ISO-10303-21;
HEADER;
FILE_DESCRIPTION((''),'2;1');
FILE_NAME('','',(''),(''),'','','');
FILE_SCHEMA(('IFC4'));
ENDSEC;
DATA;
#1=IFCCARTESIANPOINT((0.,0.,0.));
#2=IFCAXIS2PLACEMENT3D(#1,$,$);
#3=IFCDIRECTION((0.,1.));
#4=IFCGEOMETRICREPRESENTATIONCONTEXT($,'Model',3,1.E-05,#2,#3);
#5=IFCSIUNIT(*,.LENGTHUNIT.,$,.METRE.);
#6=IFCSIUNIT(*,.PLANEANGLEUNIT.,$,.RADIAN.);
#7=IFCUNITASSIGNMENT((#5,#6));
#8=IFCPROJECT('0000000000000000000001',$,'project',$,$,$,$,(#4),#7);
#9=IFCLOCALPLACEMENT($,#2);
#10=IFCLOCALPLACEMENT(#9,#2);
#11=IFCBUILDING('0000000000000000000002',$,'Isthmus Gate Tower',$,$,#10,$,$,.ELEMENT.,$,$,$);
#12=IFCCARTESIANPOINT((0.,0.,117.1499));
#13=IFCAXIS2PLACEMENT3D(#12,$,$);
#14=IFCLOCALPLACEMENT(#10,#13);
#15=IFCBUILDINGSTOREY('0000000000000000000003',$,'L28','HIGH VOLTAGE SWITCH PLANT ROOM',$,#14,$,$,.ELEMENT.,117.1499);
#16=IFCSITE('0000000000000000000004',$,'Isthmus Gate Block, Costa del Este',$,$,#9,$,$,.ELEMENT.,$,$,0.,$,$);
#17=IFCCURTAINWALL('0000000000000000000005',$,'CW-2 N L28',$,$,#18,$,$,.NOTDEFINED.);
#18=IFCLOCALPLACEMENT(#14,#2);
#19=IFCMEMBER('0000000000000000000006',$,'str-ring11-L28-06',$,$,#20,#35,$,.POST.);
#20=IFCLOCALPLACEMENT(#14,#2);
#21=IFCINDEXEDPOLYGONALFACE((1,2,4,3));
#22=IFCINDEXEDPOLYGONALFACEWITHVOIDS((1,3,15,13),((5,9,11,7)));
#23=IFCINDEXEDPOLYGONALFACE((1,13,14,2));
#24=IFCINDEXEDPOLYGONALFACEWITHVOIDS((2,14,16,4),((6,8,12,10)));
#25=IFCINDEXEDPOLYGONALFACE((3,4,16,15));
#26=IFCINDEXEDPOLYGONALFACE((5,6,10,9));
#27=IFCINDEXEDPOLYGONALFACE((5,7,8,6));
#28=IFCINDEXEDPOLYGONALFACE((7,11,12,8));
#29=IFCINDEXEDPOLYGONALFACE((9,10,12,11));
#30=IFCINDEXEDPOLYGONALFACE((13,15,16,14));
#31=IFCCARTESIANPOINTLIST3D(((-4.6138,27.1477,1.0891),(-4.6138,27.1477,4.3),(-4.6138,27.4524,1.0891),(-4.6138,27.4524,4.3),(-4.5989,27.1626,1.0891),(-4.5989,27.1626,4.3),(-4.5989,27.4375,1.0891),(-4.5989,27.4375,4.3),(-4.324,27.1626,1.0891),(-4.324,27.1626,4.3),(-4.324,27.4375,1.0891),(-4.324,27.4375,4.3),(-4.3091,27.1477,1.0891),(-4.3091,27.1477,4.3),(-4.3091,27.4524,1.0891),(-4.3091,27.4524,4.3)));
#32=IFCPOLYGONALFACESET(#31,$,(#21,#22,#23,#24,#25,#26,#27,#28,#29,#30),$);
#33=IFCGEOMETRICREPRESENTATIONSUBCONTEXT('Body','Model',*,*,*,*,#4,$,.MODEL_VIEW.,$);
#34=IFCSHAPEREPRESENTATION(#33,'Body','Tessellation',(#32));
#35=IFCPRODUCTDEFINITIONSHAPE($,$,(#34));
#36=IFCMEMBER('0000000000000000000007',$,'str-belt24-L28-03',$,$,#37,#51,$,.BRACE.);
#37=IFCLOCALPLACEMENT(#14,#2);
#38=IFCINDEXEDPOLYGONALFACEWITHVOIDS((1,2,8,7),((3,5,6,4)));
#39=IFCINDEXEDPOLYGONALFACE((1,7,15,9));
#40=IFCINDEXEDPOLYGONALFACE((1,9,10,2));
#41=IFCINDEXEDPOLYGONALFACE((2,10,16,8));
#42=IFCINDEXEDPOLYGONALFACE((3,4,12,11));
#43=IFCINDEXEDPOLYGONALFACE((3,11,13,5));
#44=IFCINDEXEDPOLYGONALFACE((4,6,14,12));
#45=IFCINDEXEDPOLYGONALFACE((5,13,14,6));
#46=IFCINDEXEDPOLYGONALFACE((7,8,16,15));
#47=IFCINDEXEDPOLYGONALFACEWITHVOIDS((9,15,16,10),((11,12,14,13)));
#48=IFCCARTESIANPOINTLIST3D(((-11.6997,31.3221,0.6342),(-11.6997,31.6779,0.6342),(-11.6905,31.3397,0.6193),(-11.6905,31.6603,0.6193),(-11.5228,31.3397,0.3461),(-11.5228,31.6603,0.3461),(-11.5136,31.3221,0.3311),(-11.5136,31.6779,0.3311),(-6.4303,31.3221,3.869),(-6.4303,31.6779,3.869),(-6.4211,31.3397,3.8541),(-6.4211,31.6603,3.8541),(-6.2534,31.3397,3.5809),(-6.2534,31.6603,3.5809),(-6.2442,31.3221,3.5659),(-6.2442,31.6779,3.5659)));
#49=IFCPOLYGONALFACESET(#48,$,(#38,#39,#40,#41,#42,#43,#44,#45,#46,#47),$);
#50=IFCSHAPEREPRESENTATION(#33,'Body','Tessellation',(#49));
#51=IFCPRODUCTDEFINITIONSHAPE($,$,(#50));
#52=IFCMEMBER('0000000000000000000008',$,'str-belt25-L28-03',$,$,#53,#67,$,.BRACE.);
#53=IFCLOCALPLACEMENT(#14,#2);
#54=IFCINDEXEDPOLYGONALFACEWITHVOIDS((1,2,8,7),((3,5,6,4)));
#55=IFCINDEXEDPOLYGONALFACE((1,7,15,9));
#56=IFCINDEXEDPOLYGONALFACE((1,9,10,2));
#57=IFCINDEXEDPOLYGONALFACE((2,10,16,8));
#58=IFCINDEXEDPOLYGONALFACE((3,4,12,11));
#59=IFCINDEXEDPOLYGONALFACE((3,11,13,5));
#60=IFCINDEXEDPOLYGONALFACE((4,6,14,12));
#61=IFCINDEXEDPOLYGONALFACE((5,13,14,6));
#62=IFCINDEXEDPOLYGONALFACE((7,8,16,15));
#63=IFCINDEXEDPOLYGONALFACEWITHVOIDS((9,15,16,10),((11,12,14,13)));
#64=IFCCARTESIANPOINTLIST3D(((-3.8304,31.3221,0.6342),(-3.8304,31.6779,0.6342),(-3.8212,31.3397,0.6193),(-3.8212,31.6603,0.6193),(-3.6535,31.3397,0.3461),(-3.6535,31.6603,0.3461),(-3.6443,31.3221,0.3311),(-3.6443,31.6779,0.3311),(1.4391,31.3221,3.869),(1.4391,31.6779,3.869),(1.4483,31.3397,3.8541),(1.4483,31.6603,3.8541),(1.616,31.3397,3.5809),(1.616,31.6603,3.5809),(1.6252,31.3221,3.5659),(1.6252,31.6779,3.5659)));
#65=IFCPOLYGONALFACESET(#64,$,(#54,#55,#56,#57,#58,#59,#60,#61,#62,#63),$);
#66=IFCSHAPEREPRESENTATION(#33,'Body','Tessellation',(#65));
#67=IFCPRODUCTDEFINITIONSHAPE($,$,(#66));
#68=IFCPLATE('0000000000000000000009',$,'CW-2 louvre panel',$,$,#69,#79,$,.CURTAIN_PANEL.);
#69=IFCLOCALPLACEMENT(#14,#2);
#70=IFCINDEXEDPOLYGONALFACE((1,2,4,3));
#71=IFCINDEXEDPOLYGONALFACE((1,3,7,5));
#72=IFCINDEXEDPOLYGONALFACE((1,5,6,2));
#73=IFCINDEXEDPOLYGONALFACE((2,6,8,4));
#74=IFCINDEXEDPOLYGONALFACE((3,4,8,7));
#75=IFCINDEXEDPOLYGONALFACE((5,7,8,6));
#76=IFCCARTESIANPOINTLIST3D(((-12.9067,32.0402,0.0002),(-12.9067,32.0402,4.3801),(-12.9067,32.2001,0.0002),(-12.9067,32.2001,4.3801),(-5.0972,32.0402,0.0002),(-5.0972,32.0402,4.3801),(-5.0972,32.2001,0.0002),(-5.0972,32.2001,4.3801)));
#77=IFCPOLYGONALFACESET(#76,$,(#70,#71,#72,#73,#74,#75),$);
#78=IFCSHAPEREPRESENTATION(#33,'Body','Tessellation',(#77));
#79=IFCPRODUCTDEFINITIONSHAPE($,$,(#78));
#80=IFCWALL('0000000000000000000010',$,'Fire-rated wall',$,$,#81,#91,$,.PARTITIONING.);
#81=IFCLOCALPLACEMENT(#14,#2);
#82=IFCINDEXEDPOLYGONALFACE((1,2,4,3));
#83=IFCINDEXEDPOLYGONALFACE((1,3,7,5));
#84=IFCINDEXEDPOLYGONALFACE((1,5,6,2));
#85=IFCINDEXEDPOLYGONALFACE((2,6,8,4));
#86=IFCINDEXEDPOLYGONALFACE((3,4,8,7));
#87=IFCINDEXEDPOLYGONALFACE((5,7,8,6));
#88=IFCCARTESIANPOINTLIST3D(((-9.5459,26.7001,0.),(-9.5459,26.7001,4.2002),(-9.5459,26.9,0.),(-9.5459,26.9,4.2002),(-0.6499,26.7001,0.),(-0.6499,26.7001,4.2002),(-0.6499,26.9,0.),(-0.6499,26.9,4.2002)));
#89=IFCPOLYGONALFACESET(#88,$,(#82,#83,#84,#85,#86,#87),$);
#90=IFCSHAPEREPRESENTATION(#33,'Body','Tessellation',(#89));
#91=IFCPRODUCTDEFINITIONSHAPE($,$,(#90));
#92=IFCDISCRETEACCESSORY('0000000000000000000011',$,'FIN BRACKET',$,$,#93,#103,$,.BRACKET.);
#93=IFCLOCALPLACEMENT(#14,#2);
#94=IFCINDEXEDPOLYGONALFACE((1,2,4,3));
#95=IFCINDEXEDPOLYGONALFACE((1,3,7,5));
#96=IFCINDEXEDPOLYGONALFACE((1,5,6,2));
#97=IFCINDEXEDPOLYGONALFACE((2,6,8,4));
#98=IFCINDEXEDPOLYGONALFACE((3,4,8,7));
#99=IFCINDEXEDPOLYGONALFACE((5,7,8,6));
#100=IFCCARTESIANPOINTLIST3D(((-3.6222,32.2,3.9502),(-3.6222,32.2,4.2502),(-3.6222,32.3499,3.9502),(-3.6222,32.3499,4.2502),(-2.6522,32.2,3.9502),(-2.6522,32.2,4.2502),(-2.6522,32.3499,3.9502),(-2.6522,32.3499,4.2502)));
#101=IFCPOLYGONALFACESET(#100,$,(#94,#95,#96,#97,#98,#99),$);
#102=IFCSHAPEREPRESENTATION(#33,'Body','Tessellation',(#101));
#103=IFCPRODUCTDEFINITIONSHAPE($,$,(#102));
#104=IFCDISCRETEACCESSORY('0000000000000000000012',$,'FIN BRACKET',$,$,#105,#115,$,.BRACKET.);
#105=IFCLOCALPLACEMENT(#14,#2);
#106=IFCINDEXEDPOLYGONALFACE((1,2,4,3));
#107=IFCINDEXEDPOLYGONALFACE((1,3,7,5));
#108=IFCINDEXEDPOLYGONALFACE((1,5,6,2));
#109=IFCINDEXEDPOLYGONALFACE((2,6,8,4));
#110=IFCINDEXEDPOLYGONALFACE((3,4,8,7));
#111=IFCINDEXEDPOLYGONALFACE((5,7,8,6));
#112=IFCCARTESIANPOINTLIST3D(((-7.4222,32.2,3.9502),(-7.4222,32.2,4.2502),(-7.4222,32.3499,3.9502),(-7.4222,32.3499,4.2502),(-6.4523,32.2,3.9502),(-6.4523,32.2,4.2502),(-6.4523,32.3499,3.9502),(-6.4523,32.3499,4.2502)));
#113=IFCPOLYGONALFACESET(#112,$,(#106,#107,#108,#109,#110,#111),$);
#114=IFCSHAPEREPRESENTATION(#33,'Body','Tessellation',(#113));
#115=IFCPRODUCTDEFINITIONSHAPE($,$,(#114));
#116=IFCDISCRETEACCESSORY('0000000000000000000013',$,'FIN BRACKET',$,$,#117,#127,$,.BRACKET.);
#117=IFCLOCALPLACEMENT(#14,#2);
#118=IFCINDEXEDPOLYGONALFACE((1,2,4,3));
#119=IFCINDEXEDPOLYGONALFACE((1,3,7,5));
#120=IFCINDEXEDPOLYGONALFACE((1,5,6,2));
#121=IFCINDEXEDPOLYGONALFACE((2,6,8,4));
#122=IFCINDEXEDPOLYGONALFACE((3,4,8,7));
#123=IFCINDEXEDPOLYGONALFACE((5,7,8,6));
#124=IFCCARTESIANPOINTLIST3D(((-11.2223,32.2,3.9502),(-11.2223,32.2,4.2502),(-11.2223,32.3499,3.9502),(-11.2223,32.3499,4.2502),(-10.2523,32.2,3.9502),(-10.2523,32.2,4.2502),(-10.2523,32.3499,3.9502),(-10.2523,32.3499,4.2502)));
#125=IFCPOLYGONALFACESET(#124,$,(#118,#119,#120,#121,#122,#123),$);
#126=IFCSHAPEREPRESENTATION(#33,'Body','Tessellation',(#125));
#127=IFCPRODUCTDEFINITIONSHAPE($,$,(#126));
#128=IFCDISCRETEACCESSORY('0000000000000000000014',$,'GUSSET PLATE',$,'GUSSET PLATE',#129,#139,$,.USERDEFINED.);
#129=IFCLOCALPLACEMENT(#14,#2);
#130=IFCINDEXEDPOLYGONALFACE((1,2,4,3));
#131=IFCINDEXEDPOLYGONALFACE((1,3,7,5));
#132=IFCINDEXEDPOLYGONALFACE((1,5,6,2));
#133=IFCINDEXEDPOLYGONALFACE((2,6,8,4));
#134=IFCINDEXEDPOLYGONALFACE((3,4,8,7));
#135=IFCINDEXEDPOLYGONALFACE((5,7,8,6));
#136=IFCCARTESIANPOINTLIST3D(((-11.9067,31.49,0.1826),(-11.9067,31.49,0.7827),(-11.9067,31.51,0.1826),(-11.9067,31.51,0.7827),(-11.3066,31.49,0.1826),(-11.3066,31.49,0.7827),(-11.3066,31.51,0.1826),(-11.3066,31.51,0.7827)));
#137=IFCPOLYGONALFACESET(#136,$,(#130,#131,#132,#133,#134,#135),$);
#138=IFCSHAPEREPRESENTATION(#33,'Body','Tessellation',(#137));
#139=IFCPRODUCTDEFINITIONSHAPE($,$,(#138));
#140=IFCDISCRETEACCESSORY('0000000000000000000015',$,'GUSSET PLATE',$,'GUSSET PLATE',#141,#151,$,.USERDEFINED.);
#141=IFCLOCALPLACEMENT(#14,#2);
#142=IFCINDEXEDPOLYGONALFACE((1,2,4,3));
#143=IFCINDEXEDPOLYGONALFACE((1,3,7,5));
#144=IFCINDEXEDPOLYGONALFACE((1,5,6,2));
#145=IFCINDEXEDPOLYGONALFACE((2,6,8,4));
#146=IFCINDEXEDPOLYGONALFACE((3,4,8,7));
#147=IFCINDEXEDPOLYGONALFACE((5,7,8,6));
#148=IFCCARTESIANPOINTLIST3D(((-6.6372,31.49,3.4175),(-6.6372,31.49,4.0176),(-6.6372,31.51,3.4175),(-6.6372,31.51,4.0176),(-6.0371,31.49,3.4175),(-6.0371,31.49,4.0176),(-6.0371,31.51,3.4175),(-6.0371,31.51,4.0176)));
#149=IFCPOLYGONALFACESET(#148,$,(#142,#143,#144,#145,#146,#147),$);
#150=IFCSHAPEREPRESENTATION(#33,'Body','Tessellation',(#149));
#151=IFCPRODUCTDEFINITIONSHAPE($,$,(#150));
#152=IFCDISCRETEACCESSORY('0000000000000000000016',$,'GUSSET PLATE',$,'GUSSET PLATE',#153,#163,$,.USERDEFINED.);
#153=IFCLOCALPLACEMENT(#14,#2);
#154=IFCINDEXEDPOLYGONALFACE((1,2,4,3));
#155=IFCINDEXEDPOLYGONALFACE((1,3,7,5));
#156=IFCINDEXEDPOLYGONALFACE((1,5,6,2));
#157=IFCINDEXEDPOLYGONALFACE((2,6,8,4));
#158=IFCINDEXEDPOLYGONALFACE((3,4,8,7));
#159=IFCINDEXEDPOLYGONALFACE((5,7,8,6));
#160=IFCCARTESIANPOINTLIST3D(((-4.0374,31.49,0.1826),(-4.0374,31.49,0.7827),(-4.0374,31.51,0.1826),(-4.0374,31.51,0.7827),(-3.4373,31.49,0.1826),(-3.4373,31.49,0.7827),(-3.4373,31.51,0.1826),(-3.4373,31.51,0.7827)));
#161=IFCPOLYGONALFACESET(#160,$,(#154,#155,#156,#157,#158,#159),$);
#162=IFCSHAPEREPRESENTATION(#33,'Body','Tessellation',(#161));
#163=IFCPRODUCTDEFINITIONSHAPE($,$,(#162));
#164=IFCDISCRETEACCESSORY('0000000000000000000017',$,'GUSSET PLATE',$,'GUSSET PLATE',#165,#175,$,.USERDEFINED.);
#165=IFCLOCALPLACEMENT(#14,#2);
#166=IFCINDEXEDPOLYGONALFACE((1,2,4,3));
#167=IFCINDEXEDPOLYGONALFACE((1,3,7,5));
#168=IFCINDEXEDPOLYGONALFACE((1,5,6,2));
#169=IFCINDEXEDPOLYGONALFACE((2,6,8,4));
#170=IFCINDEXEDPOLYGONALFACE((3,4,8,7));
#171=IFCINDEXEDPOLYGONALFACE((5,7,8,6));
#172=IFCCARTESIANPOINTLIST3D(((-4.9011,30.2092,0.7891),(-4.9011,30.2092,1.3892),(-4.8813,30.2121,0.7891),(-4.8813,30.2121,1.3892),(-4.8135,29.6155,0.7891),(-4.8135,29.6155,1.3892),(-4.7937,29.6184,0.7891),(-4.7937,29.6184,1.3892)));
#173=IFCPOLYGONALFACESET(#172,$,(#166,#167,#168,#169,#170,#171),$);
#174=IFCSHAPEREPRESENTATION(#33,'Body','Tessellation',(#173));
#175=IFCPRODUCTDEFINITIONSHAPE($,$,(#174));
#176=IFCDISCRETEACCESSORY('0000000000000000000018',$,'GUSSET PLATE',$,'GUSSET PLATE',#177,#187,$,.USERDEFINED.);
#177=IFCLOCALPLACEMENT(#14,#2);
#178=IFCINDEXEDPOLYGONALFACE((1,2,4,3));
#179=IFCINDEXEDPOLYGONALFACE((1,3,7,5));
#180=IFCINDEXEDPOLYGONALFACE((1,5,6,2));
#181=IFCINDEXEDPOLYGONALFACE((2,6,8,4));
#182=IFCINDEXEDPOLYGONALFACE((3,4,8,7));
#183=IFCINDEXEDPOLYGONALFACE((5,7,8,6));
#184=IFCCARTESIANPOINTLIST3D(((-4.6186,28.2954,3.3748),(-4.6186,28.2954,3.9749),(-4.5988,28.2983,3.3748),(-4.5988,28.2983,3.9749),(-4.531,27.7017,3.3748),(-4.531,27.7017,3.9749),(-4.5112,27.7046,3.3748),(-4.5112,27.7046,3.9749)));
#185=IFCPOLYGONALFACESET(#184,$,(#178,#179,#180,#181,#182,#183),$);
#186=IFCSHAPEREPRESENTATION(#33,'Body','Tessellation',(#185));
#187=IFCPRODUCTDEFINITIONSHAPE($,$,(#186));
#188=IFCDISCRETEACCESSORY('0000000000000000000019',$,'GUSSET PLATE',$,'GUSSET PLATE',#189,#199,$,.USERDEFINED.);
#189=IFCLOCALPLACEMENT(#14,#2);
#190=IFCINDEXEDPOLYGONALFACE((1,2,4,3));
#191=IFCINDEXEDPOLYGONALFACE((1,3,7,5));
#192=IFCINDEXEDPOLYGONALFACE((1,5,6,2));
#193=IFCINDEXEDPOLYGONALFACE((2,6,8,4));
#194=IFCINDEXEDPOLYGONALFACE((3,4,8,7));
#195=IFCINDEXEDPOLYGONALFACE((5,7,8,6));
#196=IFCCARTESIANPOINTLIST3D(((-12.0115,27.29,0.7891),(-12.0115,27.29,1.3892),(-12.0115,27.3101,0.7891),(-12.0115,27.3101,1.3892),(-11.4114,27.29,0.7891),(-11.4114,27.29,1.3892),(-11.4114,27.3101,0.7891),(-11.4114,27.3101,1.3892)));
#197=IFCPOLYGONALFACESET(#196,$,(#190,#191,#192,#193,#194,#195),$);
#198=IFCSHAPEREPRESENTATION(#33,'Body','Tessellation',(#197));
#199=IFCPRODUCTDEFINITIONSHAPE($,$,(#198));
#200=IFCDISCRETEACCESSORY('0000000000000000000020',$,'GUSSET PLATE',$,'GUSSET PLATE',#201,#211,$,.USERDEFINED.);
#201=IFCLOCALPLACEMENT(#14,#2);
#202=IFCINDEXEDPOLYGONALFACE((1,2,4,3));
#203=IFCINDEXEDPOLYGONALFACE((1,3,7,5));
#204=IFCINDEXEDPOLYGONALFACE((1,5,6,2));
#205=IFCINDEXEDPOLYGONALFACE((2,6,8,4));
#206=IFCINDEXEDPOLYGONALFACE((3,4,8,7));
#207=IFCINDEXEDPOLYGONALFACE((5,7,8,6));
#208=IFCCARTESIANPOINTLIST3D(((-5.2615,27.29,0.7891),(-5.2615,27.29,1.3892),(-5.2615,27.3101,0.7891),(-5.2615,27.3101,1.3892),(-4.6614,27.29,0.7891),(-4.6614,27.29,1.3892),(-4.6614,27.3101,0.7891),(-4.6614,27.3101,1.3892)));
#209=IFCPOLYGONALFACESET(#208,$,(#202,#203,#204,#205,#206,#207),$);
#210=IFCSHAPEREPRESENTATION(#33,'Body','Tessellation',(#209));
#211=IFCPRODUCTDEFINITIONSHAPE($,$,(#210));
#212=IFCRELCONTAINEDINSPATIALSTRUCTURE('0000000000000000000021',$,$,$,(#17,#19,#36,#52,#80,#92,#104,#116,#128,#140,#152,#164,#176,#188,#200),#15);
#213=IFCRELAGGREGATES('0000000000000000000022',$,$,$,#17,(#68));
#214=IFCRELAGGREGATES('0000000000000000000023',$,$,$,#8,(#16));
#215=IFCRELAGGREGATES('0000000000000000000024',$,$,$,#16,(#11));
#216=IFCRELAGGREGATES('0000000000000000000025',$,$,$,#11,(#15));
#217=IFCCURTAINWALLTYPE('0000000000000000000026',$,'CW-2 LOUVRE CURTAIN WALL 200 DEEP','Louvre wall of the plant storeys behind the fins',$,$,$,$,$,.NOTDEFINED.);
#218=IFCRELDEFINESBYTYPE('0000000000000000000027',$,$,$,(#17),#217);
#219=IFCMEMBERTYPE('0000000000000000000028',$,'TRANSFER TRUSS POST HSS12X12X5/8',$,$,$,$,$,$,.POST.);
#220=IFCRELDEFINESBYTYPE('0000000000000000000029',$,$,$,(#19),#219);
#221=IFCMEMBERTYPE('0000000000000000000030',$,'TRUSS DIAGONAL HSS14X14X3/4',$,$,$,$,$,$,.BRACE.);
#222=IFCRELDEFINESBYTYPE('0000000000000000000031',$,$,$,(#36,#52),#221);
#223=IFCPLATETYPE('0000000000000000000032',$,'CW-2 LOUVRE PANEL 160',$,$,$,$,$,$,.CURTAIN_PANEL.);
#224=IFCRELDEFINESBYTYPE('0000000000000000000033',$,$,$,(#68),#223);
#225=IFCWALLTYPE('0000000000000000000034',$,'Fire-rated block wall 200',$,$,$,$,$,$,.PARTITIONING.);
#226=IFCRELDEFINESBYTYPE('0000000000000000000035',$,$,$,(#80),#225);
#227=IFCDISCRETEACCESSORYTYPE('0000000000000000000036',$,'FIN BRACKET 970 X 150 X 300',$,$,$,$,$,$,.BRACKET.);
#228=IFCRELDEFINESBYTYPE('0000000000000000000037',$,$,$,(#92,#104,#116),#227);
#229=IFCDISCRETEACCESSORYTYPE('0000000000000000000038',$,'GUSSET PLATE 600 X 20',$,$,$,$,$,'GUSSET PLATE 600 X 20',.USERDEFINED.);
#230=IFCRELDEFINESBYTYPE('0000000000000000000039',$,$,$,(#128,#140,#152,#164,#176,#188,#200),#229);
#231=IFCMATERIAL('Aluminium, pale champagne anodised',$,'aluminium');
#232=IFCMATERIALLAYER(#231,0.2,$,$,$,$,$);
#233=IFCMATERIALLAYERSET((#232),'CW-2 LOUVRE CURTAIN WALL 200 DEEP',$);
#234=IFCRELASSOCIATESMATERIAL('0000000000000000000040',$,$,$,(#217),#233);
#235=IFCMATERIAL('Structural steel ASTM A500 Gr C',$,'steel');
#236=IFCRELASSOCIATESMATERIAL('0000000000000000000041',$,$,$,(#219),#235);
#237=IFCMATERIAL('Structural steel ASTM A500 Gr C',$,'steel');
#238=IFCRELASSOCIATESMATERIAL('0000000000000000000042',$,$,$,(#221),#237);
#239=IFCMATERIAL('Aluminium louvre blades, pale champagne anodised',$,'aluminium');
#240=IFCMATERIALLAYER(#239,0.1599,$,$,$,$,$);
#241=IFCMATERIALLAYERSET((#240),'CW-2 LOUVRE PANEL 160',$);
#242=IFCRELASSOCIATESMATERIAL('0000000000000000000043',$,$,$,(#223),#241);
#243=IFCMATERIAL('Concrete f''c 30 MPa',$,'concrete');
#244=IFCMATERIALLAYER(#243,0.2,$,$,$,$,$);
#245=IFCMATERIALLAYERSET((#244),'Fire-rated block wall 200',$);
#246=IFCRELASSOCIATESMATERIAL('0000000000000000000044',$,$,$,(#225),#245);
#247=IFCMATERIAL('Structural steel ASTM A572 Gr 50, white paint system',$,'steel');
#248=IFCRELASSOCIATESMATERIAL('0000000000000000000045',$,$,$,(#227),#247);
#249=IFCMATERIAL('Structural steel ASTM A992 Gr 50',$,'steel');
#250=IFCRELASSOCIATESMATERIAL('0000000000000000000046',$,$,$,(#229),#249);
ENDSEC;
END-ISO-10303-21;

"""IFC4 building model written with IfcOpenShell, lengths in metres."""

from ifc_helpers import new_model, si_unit, direction, frame, frame_2d, origin, origin_2d, place, context, subcontext, project, spatial, rectangle, hollow_rectangle, extrude, material, layer, layer_set, material_profile, profile_set, type_object, element, aggregate, save


model = new_model("IFC4")

# Units and contexts
model_context = context("Model", 3, precision=1e-05, world=origin(), true_north=direction((0.0, 1.0)))
body_context = subcontext(model_context, "Body", "Model", "MODEL_VIEW")
ifc_project = project(units=[si_unit("LENGTHUNIT", "METRE"), si_unit("PLANEANGLEUNIT", "RADIAN")], contexts=[model_context])

# Site, building, storey
site_placement = place(None, origin())
site = spatial("IfcSite", under=ifc_project, at=site_placement, Name="Isthmus Gate Block, Costa del Este", CompositionType="ELEMENT", RefElevation=0.0)
building_placement = place(site_placement, origin())
building = spatial("IfcBuilding", under=site, at=building_placement, Name="Isthmus Gate Tower", CompositionType="ELEMENT")
storey_placement = place(building_placement, frame((0.0, 0.0, 117.1499)))
storey = spatial("IfcBuildingStorey", under=building, at=storey_placement, Name="L28", Description="HIGH VOLTAGE SWITCH PLANT ROOM", CompositionType="ELEMENT", Elevation=117.1499)

# Curtain wall
ifc_material_1 = material(Name="Aluminium, pale champagne anodised", Category="aluminium")
ifc_layer_1 = layer(ifc_material_1, 0.2)
ifc_layer_set_1 = layer_set([ifc_layer_1], Name="CW-2 LOUVRE CURTAIN WALL 200 DEEP")
curtain_wall_type = type_object("IfcCurtainWallType", Name="CW-2 LOUVRE CURTAIN WALL 200 DEEP", Description="Louvre wall of the plant storeys behind the fins", PredefinedType="NOTDEFINED", material=ifc_layer_set_1)
curtain_wall_placement = place(storey_placement, origin())
curtain_wall = element("IfcCurtainWall", 1, at=curtain_wall_placement, inside=storey, type_object=curtain_wall_type, Name="CW-2 N L28", PredefinedType="NOTDEFINED")

# Members
ifc_material_2 = material(Name="Structural steel ASTM A500 Gr C", Category="steel")
ifc_material_profile_1 = material_profile(ifc_material_2, hollow_rectangle(XDim=0.3047, YDim=0.3047, WallThickness=0.0149, at=origin_2d()), Name="HSS12X12X5/8")
ifc_profile_set_1 = profile_set([ifc_material_profile_1], Name="Structural steel ASTM A500 Gr C")
member_type_1 = type_object("IfcMemberType", Name="TRANSFER TRUSS POST HSS12X12X5/8", PredefinedType="POST", material=ifc_profile_set_1)
for number, where, z_axis, x_axis, name in (
    (2, (-4.4614, 27.3, 1.0891), (0.0, 0.0, 1.0), (1.0, 0.0, 0.0), "str-ring11-L28-06"),
):
    element("IfcMember", number, at=place(storey_placement, frame(where, z_axis=z_axis, x_axis=x_axis)), inside=storey, type_object=member_type_1, Name=name, PredefinedType="POST", context=body_context, shape_type="SweptSolid", body=[
        extrude(hollow_rectangle(XDim=0.3047, YDim=0.3047, WallThickness=0.0149, at=origin_2d()), origin(), (0.0, 0.0, 1.0), 3.2109),
    ])
ifc_material_3 = material(Name="Structural steel ASTM A500 Gr C", Category="steel")
ifc_material_profile_2 = material_profile(ifc_material_3, hollow_rectangle(XDim=0.3557, YDim=0.3557, WallThickness=0.0176, at=origin_2d()), Name="HSS14X14X3/4")
ifc_profile_set_2 = profile_set([ifc_material_profile_2], Name="Structural steel ASTM A500 Gr C")
member_type_2 = type_object("IfcMemberType", Name="TRUSS DIAGONAL HSS14X14X3/4", PredefinedType="BRACE", material=ifc_profile_set_2)
for number, where, z_axis, x_axis, name in (
    (3, (-11.6067, 31.5, 0.4827), (0.85223, 0.0, 0.523167), (0.0, 1.0, 0.0), "str-belt24-L28-03"),
    (4, (-3.7373, 31.5, 0.4827), (0.85223, 0.0, 0.523167), (0.0, 1.0, 0.0), "str-belt25-L28-03"),
):
    element("IfcMember", number, at=place(storey_placement, frame(where, z_axis=z_axis, x_axis=x_axis)), inside=storey, type_object=member_type_2, Name=name, PredefinedType="BRACE", context=body_context, shape_type="SweptSolid", body=[
        extrude(hollow_rectangle(XDim=0.3557, YDim=0.3557, WallThickness=0.0176, at=origin_2d()), origin(), (0.0, 0.0, 1.0), 6.1831),
    ])

# Plate
ifc_material_4 = material(Name="Aluminium louvre blades, pale champagne anodised", Category="aluminium")
ifc_layer_2 = layer(ifc_material_4, 0.1599)
ifc_layer_set_2 = layer_set([ifc_layer_2], Name="CW-2 LOUVRE PANEL 160")
plate_type = type_object("IfcPlateType", Name="CW-2 LOUVRE PANEL 160", PredefinedType="CURTAIN_PANEL", material=ifc_layer_set_2)
plate_placement = place(storey_placement, frame((-9.002, 32.1201, 0.0002), z_axis=(0.0, 0.0, 1.0), x_axis=(-1.0, 0.0, 0.0)))
plate = element("IfcPlate", 5, at=plate_placement, type_object=plate_type, Name="CW-2 louvre panel", PredefinedType="CURTAIN_PANEL", context=body_context, shape_type="SweptSolid", body=[
    extrude(rectangle(XDim=7.8096, YDim=0.1599, at=origin_2d()), origin(), (0.0, 0.0, 1.0), 4.3799),
])
aggregate(curtain_wall, [plate])

# Wall
ifc_material_5 = material(Name="Concrete f'c 30 MPa", Category="concrete")
ifc_layer_3 = layer(ifc_material_5, 0.2)
ifc_layer_set_3 = layer_set([ifc_layer_3], Name="Fire-rated block wall 200")
wall_type = type_object("IfcWallType", Name="Fire-rated block wall 200", PredefinedType="PARTITIONING", material=ifc_layer_set_3)
wall_placement = place(storey_placement, frame((-9.5459, 26.8, 0.0), z_axis=(0.0, 0.0, 1.0), x_axis=(1.0, 0.0, 0.0)))
element("IfcWall", 6, at=wall_placement, inside=storey, type_object=wall_type, Name="Fire-rated wall", PredefinedType="PARTITIONING", context=body_context, shape_type="SweptSolid", body=[
    extrude(rectangle(XDim=8.896, YDim=0.2, at=frame_2d((4.448, 0.0))), origin(), (0.0, 0.0, 1.0), 4.2002),
])

# Discrete accessories
ifc_material_6 = material(Name="Structural steel ASTM A572 Gr 50, white paint system", Category="steel")
discrete_accessory_type_1 = type_object("IfcDiscreteAccessoryType", Name="FIN BRACKET 970 X 150 X 300", PredefinedType="BRACKET", material=ifc_material_6)
for number, where, z_axis, x_axis, name in (
    (7, (-3.1372, 32.2749, 3.9502), (0.0, 0.0, 1.0), (0.0, 1.0, 0.0), "FIN BRACKET"),
    (8, (-6.9373, 32.2749, 3.9502), (0.0, 0.0, 1.0), (0.0, 1.0, 0.0), "FIN BRACKET"),
    (9, (-10.7373, 32.2749, 3.9502), (0.0, 0.0, 1.0), (0.0, 1.0, 0.0), "FIN BRACKET"),
):
    element("IfcDiscreteAccessory", number, at=place(storey_placement, frame(where, z_axis=z_axis, x_axis=x_axis)), inside=storey, type_object=discrete_accessory_type_1, Name=name, PredefinedType="BRACKET", context=body_context, shape_type="SweptSolid", body=[
        extrude(rectangle(XDim=0.1499, YDim=0.97, at=origin_2d()), origin(), (0.0, 0.0, 1.0), 0.3),
    ])
ifc_material_7 = material(Name="Structural steel ASTM A992 Gr 50", Category="steel")
discrete_accessory_type_2 = type_object("IfcDiscreteAccessoryType", Name="GUSSET PLATE 600 X 20", ElementType="GUSSET PLATE 600 X 20", PredefinedType="USERDEFINED", material=ifc_material_7)
for number, where, z_axis, x_axis, name in (
    (10, (-11.6067, 31.5, 0.1826), (0.0, 0.0, 1.0), (1.0, 0.0, 0.0), "GUSSET PLATE"),
    (11, (-6.3372, 31.5, 3.4175), (0.0, 0.0, 1.0), (1.0, 0.0, 0.0), "GUSSET PLATE"),
    (12, (-3.7373, 31.5, 0.1826), (0.0, 0.0, 1.0), (1.0, 0.0, 0.0), "GUSSET PLATE"),
    (13, (-4.8474, 29.9138, 0.7891), (0.0, 0.0, 1.0), (0.145979, -0.989288, 0.0), "GUSSET PLATE"),
    (14, (-4.5649, 28.0, 3.3748), (0.0, 0.0, 1.0), (0.145979, -0.989288, 0.0), "GUSSET PLATE"),
    (15, (-11.7114, 27.3, 0.7891), (0.0, 0.0, 1.0), (-1.0, 0.0, 0.0), "GUSSET PLATE"),
    (16, (-4.9614, 27.3, 0.7891), (0.0, 0.0, 1.0), (-1.0, 0.0, 0.0), "GUSSET PLATE"),
):
    element("IfcDiscreteAccessory", number, at=place(storey_placement, frame(where, z_axis=z_axis, x_axis=x_axis)), inside=storey, type_object=discrete_accessory_type_2, Name=name, ObjectType="GUSSET PLATE", PredefinedType="USERDEFINED", context=body_context, shape_type="SweptSolid", body=[
        extrude(rectangle(XDim=0.6001, YDim=0.02, at=origin_2d()), origin(), (0.0, 0.0, 1.0), 0.6001),
    ])

save(model, "model.ifc")
